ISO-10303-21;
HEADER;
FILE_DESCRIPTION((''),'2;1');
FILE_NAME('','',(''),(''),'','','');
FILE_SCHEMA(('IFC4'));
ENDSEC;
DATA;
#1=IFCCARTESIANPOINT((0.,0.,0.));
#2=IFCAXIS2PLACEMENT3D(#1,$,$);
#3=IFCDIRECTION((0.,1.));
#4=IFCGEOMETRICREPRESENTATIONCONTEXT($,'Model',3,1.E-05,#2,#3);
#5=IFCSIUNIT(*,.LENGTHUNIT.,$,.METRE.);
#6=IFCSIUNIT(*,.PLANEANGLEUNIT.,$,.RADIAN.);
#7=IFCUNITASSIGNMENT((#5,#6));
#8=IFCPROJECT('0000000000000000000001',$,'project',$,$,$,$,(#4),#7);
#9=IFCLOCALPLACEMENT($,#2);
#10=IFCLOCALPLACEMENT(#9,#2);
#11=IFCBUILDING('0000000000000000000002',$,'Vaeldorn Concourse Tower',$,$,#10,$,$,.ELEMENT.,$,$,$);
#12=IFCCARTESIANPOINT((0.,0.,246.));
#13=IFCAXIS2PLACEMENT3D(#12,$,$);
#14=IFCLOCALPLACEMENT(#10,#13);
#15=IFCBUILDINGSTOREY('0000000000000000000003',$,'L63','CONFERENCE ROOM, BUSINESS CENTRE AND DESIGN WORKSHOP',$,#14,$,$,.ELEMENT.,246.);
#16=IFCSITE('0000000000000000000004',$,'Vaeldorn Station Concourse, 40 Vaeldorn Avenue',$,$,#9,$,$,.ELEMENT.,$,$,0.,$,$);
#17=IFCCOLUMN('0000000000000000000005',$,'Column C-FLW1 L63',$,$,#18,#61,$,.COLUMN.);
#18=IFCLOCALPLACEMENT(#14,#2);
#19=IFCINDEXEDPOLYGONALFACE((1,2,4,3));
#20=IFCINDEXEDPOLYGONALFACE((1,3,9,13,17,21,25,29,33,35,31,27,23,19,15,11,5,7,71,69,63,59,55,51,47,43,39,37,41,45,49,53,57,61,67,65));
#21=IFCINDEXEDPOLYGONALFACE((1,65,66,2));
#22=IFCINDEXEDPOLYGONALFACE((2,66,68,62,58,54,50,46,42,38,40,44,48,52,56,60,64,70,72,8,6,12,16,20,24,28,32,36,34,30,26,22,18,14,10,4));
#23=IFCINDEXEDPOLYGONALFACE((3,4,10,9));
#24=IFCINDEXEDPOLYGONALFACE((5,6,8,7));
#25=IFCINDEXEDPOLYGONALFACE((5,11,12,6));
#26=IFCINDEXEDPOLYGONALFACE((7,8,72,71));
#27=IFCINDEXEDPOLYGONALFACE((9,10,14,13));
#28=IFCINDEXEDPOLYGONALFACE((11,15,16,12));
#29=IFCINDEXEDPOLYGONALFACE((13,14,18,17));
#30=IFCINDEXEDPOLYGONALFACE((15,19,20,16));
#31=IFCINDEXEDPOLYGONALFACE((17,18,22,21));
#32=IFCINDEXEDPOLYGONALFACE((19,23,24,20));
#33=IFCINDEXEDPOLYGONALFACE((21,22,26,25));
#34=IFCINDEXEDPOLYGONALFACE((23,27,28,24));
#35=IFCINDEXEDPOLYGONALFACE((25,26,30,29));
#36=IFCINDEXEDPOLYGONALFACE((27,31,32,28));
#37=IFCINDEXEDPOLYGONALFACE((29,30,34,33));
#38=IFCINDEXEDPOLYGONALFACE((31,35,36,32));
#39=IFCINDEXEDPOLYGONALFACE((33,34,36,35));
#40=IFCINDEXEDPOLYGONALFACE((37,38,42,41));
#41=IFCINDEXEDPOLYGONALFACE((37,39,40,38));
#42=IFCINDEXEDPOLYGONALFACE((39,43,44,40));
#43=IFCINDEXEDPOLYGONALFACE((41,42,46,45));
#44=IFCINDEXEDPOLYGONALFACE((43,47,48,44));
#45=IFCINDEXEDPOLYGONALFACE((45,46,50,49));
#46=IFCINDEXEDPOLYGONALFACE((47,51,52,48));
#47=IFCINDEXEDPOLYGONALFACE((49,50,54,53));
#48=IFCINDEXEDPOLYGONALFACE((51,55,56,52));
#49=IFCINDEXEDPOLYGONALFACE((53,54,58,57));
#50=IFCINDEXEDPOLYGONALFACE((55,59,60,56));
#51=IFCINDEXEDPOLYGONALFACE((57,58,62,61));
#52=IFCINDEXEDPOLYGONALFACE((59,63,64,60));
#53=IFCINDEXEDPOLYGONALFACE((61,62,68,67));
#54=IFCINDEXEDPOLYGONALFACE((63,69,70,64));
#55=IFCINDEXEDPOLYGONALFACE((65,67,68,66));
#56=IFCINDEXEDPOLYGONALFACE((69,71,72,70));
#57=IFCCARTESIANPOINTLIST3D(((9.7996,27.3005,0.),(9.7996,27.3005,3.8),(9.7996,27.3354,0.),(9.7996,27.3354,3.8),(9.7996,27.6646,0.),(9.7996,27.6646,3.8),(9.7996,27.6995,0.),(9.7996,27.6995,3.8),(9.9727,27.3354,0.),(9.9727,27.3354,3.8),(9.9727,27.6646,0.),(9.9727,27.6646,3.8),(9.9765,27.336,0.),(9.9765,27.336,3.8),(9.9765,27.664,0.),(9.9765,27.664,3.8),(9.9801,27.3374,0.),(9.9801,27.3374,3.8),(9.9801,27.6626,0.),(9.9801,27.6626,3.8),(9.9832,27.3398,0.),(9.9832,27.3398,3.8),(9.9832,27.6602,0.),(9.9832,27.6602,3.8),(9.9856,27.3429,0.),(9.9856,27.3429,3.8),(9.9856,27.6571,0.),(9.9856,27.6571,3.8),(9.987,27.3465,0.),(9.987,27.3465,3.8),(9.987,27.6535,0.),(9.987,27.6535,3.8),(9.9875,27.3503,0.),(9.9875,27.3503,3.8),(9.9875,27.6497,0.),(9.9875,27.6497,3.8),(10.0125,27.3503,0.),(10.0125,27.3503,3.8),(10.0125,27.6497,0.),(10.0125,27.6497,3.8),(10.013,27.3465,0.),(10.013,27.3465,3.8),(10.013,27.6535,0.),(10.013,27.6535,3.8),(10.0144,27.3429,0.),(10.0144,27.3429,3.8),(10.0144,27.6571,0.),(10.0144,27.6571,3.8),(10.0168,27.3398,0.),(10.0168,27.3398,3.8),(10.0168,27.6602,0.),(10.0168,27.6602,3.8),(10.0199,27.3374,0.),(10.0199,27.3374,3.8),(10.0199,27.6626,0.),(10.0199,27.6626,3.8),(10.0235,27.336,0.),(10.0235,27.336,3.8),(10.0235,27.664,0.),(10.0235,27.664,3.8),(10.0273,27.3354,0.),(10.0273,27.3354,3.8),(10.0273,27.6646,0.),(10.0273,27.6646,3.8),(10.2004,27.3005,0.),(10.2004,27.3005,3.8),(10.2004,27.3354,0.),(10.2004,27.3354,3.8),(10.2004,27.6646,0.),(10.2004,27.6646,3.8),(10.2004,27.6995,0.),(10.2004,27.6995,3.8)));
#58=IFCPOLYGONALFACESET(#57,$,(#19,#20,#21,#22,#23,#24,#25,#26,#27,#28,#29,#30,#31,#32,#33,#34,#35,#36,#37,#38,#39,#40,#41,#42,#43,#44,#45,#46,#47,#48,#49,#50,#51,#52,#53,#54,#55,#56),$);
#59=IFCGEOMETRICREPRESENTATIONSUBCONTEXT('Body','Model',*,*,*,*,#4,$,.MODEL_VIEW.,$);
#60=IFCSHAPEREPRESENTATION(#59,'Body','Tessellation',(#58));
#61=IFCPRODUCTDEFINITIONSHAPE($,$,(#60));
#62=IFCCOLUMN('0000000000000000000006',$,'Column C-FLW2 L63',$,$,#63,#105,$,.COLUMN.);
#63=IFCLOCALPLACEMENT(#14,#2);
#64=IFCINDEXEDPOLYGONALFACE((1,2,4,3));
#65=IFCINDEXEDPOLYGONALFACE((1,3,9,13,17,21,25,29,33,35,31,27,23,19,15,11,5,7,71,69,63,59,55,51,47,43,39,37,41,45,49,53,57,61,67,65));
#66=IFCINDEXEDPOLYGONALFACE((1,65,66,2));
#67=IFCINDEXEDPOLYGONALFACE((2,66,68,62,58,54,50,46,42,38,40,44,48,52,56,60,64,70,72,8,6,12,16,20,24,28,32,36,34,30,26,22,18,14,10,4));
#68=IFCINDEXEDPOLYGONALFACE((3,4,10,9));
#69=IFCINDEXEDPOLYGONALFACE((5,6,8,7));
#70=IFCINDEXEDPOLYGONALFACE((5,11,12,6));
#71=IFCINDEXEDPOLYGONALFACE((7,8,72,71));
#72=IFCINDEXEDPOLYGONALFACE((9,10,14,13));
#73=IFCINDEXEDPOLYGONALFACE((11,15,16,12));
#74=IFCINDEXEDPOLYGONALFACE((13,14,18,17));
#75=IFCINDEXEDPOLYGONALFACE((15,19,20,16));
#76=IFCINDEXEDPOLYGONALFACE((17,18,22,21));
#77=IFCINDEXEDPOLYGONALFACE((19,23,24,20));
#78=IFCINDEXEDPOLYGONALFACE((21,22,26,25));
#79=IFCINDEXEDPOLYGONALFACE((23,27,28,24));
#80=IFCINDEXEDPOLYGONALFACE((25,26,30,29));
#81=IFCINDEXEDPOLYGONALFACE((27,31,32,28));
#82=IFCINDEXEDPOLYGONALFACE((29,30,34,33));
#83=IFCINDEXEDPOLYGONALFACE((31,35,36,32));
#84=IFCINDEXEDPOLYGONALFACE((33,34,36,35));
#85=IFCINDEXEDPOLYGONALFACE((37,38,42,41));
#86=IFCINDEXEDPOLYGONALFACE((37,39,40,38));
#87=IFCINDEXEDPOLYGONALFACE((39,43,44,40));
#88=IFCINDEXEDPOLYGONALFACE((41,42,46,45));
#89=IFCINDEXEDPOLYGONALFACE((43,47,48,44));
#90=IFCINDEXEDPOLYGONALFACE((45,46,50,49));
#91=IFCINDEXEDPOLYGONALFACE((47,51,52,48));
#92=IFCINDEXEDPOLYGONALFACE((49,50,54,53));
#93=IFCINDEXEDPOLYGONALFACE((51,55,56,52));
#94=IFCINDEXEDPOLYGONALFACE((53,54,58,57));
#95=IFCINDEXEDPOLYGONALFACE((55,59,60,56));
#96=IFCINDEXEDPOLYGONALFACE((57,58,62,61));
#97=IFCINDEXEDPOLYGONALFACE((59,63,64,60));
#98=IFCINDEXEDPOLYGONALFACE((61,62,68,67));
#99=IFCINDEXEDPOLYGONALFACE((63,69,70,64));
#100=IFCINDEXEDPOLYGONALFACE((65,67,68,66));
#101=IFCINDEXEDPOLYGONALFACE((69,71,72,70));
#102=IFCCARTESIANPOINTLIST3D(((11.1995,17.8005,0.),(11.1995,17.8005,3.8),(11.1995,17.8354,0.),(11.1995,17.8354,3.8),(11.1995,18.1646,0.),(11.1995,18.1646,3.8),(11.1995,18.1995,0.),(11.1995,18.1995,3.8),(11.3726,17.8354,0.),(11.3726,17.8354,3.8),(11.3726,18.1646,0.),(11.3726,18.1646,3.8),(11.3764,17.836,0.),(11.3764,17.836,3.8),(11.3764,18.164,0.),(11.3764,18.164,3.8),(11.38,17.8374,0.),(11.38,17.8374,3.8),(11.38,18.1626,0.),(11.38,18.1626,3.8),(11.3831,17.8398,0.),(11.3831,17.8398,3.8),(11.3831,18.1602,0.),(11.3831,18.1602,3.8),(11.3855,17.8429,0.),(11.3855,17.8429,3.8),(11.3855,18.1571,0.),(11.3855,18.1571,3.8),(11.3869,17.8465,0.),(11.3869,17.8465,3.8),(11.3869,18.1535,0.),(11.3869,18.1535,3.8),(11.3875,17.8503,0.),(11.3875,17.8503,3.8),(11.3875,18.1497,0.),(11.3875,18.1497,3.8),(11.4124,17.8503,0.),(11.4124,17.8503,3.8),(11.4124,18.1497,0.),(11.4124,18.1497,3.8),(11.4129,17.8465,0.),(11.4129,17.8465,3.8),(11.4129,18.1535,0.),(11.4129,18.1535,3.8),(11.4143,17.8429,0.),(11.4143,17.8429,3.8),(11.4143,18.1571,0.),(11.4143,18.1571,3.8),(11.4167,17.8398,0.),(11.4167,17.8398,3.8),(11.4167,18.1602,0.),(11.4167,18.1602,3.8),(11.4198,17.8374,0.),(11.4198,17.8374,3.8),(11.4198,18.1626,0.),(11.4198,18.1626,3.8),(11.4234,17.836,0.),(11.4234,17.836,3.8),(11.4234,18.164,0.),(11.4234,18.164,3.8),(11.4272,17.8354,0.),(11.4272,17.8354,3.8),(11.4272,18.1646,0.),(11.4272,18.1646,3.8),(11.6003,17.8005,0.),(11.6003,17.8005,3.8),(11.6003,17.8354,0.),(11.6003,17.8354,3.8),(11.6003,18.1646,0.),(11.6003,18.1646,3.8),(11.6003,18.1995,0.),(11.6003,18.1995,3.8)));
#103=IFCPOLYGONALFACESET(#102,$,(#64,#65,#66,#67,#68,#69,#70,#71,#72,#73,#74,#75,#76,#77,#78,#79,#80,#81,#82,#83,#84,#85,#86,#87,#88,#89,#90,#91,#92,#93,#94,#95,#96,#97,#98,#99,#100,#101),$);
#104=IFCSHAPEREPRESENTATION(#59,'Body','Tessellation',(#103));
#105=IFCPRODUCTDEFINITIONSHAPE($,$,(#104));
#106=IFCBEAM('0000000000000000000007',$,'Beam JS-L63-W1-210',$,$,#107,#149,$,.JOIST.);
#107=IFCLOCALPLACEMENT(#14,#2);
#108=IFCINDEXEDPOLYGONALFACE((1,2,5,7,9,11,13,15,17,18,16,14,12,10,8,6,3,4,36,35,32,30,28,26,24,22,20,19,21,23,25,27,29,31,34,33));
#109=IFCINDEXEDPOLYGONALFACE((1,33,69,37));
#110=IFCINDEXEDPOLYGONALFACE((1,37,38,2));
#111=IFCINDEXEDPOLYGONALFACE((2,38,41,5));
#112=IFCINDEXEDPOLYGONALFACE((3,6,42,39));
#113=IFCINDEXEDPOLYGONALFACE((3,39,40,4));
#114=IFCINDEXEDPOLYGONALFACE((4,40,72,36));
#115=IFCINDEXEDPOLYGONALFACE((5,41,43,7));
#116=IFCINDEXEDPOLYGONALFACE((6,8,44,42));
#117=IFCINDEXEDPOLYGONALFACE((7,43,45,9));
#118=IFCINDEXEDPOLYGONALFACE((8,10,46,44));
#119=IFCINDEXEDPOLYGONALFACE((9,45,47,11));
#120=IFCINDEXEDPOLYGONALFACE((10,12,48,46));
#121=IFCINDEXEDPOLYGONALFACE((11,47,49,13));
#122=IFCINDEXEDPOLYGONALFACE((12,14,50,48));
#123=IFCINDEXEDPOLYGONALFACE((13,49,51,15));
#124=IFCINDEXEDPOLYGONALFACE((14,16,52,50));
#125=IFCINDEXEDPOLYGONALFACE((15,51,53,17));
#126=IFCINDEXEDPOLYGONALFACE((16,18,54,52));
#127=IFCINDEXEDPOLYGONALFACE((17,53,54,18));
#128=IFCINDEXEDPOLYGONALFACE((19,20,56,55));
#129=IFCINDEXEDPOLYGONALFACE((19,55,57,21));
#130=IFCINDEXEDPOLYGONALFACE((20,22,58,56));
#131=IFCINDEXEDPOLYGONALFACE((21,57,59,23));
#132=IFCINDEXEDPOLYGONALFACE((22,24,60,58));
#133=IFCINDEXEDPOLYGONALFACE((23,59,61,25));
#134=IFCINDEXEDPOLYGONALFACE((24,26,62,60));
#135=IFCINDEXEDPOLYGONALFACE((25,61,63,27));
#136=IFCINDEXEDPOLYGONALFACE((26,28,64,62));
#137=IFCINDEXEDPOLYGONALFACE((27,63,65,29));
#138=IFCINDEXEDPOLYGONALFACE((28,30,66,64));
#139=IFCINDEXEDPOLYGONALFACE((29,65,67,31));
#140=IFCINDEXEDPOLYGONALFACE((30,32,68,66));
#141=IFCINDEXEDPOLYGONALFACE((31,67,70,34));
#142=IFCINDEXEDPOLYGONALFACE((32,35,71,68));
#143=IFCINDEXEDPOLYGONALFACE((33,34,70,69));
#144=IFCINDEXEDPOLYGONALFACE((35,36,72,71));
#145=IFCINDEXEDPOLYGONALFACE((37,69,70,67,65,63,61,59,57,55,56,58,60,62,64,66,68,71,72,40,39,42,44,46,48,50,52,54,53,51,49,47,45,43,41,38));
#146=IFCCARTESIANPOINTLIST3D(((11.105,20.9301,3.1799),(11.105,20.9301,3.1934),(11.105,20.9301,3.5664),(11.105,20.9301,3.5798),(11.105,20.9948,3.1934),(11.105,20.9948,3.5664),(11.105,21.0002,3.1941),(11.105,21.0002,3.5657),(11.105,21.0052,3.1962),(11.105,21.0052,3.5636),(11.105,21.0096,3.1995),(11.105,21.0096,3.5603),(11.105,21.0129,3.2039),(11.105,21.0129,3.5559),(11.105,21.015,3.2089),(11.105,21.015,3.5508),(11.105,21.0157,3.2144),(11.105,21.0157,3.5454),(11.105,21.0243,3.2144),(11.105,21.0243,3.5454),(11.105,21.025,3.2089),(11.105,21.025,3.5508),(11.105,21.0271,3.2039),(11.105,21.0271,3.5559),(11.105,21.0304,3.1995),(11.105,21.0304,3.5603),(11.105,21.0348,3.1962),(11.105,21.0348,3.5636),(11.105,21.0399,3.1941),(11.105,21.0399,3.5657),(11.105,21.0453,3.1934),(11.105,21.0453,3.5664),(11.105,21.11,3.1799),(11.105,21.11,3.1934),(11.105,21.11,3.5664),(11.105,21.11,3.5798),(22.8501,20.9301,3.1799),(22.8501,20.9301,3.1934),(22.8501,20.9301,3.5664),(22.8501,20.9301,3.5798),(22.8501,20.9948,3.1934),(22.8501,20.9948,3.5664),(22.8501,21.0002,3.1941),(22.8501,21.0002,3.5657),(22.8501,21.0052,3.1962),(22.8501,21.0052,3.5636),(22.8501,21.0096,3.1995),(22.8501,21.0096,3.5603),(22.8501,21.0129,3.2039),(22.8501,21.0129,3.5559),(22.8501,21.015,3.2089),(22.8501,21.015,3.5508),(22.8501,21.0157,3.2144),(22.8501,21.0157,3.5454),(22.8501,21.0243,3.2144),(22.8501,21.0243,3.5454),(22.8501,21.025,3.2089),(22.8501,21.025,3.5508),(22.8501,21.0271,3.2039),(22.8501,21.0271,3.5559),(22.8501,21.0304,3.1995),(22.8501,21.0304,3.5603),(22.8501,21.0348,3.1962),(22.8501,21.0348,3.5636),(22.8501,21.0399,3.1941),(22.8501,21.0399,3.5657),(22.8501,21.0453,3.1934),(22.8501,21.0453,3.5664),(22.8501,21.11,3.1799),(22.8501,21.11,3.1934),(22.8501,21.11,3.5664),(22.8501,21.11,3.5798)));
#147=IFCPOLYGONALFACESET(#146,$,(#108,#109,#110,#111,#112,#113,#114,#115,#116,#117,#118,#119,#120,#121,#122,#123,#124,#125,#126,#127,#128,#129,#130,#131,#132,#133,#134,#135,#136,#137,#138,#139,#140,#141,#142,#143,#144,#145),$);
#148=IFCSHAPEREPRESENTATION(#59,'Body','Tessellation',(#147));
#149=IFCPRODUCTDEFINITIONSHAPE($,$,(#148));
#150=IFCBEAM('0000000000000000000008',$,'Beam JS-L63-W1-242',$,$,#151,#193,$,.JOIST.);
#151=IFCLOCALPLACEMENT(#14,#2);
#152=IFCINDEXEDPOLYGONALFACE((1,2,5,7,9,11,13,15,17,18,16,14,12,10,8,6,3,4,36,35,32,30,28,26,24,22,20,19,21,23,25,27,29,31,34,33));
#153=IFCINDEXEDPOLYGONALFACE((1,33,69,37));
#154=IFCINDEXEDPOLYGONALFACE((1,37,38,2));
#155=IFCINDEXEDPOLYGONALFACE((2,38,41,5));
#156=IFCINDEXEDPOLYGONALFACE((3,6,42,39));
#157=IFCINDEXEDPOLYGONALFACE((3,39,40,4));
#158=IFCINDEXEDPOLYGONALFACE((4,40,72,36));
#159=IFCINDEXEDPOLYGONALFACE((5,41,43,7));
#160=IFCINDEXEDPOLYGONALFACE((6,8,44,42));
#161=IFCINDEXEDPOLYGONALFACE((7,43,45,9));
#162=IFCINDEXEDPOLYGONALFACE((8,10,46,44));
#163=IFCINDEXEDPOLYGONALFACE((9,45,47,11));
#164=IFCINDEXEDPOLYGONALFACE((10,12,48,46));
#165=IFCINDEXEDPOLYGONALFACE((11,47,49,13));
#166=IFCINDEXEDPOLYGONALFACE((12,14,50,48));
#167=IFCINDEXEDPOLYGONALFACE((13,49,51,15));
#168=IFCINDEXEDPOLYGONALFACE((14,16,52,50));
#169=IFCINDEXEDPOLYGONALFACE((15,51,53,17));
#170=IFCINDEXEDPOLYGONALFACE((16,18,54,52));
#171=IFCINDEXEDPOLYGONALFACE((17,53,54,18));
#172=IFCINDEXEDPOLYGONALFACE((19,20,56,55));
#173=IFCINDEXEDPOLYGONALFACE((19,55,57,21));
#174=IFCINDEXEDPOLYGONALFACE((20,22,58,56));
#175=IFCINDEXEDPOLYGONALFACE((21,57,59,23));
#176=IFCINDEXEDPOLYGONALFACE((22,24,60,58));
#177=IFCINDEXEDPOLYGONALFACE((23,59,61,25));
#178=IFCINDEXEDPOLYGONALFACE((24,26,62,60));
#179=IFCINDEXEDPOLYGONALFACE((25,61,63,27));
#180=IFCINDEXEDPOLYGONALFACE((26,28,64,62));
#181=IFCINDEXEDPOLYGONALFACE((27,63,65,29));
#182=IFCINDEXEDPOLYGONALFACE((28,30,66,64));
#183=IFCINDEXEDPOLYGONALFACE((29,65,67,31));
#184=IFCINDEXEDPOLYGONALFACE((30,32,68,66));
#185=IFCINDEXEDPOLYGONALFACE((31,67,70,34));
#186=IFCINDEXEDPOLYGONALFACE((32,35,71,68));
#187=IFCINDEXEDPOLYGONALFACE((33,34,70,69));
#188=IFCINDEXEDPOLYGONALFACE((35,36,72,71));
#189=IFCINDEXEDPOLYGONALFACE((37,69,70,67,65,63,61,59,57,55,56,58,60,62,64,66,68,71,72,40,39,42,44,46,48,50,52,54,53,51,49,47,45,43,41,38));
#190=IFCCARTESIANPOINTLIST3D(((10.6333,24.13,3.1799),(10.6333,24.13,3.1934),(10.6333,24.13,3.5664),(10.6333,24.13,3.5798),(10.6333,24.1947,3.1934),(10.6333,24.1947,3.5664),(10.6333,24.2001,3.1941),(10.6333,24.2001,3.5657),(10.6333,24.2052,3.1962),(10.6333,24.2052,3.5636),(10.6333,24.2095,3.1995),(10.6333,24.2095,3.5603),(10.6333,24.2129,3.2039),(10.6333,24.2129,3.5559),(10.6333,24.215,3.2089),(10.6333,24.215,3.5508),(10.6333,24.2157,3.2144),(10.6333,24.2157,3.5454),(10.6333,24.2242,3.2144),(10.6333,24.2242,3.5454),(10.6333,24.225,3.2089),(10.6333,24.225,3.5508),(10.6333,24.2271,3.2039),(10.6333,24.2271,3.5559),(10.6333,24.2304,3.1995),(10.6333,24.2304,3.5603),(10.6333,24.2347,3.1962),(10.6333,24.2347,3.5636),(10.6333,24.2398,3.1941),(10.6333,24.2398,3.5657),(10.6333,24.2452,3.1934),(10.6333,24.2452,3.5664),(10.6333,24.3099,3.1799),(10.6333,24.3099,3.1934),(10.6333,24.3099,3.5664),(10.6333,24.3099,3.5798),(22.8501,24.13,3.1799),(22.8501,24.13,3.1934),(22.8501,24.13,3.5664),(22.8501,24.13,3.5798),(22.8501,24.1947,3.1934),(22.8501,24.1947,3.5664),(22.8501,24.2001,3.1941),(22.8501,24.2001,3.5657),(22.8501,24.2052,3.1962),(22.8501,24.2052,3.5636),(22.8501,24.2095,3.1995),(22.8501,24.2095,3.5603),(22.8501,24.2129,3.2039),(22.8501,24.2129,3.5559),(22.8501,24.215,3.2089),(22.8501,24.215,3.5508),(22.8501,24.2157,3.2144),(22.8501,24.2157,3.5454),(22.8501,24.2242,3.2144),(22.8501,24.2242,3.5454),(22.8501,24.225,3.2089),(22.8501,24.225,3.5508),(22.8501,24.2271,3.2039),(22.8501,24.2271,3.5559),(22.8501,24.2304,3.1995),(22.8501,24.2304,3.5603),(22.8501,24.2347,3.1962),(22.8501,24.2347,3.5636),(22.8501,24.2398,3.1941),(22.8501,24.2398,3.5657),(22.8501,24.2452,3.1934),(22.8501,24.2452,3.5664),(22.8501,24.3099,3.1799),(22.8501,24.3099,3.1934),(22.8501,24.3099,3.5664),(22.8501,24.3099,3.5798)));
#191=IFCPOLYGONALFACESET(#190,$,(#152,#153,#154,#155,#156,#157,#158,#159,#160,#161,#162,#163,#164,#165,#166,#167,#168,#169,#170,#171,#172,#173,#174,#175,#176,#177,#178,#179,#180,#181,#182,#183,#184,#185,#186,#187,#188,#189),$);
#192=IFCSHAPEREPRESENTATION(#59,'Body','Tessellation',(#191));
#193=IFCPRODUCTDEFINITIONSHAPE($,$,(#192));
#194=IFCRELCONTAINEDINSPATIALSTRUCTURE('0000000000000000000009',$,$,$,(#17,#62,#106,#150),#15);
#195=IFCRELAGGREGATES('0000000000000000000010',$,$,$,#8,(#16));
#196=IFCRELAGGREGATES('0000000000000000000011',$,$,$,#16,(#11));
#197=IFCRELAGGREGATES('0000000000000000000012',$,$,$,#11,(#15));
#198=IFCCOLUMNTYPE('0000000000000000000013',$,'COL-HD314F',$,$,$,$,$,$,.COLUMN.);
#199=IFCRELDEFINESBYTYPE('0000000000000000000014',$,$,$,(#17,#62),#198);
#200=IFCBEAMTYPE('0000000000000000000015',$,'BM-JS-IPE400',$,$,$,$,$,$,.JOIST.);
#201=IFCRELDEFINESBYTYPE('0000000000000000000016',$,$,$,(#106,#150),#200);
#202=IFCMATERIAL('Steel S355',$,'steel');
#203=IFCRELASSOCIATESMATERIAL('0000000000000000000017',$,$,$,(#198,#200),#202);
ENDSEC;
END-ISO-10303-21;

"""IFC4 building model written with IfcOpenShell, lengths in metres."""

from ifc_helpers import new_model, si_unit, direction, frame, origin, origin_2d, place, context, subcontext, project, spatial, i_section, extrude, source, transform, mapped, material, material_profile, profile_set, type_object, element, save


model = new_model("IFC4")

# Units and contexts
model_context = context("Model", 3, precision=1e-05, world=origin(), true_north=direction((0.0, 1.0)))
body_context = subcontext(model_context, "Body", "Model", "MODEL_VIEW")
ifc_project = project(units=[si_unit("LENGTHUNIT", "METRE"), si_unit("PLANEANGLEUNIT", "RADIAN")], contexts=[model_context])

# Site, building, storey
site_placement = place(None, origin())
site = spatial("IfcSite", under=ifc_project, at=site_placement, Name="Vaeldorn Station Concourse, 40 Vaeldorn Avenue", CompositionType="ELEMENT", RefElevation=0.0)
building_placement = place(site_placement, origin())
building = spatial("IfcBuilding", under=site, at=building_placement, Name="Vaeldorn Concourse Tower", CompositionType="ELEMENT")
storey_placement = place(building_placement, frame((0.0, 0.0, 246.0)))
storey = spatial("IfcBuildingStorey", under=building, at=storey_placement, Name="L63", Description="CONFERENCE ROOM, BUSINESS CENTRE AND DESIGN WORKSHOP", CompositionType="ELEMENT", Elevation=246.0)

# Columns
ifc_material_1 = material(Name="Steel S355", Category="steel")
ifc_material_profile_1 = material_profile(ifc_material_1, i_section(OverallWidth=0.4009, OverallDepth=0.3989, WebThickness=0.0249, FlangeThickness=0.0349, FilletRadius=0.0149, at=origin_2d()), Name="HD 400x314")
ifc_profile_set_1 = profile_set([ifc_material_profile_1], Name="Steel S355")
column_type = type_object("IfcColumnType", Name="COL-HD314F", PredefinedType="COLUMN", material=ifc_profile_set_1)
shared_shape_1 = source(origin(), body_context, "Body", "SweptSolid", [
    extrude(i_section(OverallWidth=0.4009, OverallDepth=0.3989, WebThickness=0.0249, FlangeThickness=0.0349, FilletRadius=0.0149, at=origin_2d()), origin(), (0.0, 0.0, 1.0), 3.8),
])
for number, where, z_axis, x_axis, name in (
    (1, (10.0, 27.5, 0.0), (0.0, 0.0, 1.0), (1.0, 0.0, 0.0), "Column C-FLW1 L63"),
    (2, (11.3999, 18.0, 0.0), (0.0, 0.0, 1.0), (1.0, 0.0, 0.0), "Column C-FLW2 L63"),
):
    element("IfcColumn", number, at=place(storey_placement, frame(where, z_axis=z_axis, x_axis=x_axis)), inside=storey, type_object=column_type, Name=name, PredefinedType="COLUMN", context=body_context, shape_type="MappedRepresentation", body=[
        mapped(shared_shape_1, transform((0.0, 0.0, 0.0), scale=1.0)),
    ])

# Beams
ifc_material_profile_2 = material_profile(ifc_material_1, i_section(OverallWidth=0.1799, OverallDepth=0.3999, WebThickness=0.0085, FlangeThickness=0.0134, FilletRadius=0.021, at=origin_2d()), Name="IPE 400")
ifc_profile_set_2 = profile_set([ifc_material_profile_2], Name="Steel S355")
beam_type_1 = type_object("IfcBeamType", Name="BM-JS-IPE400", PredefinedType="JOIST", material=ifc_profile_set_2)
shared_shape_2 = source(origin(), body_context, "Body", "SweptSolid", [
    extrude(i_section(OverallWidth=0.1799, OverallDepth=0.3999, WebThickness=0.0085, FlangeThickness=0.0134, FilletRadius=0.021, at=origin_2d()), origin(), (0.0, 0.0, 1.0), 11.7451),
])
beam_1_placement = place(storey_placement, frame((11.105, 21.02, 3.3799), z_axis=(1.0, 0.0, 0.0), x_axis=(0.0, 1.0, 0.0)))
element("IfcBeam", 3, at=beam_1_placement, inside=storey, type_object=beam_type_1, Name="Beam JS-L63-W1-210", PredefinedType="JOIST", context=body_context, shape_type="MappedRepresentation", body=[
    mapped(shared_shape_2, transform((0.0, 0.0, 0.0), scale=1.0)),
])
shared_shape_3 = source(origin(), body_context, "Body", "SweptSolid", [
    extrude(i_section(OverallWidth=0.1799, OverallDepth=0.3999, WebThickness=0.0085, FlangeThickness=0.0134, FilletRadius=0.021, at=origin_2d()), origin(), (0.0, 0.0, 1.0), 12.2168),
])
beam_2_placement = place(storey_placement, frame((10.6333, 24.22, 3.3799), z_axis=(1.0, 0.0, 0.0), x_axis=(0.0, 1.0, 0.0)))
element("IfcBeam", 4, at=beam_2_placement, inside=storey, type_object=beam_type_1, Name="Beam JS-L63-W1-242", PredefinedType="JOIST", context=body_context, shape_type="MappedRepresentation", body=[
    mapped(shared_shape_3, transform((0.0, 0.0, 0.0), scale=1.0)),
])

save(model, "model.ifc")
